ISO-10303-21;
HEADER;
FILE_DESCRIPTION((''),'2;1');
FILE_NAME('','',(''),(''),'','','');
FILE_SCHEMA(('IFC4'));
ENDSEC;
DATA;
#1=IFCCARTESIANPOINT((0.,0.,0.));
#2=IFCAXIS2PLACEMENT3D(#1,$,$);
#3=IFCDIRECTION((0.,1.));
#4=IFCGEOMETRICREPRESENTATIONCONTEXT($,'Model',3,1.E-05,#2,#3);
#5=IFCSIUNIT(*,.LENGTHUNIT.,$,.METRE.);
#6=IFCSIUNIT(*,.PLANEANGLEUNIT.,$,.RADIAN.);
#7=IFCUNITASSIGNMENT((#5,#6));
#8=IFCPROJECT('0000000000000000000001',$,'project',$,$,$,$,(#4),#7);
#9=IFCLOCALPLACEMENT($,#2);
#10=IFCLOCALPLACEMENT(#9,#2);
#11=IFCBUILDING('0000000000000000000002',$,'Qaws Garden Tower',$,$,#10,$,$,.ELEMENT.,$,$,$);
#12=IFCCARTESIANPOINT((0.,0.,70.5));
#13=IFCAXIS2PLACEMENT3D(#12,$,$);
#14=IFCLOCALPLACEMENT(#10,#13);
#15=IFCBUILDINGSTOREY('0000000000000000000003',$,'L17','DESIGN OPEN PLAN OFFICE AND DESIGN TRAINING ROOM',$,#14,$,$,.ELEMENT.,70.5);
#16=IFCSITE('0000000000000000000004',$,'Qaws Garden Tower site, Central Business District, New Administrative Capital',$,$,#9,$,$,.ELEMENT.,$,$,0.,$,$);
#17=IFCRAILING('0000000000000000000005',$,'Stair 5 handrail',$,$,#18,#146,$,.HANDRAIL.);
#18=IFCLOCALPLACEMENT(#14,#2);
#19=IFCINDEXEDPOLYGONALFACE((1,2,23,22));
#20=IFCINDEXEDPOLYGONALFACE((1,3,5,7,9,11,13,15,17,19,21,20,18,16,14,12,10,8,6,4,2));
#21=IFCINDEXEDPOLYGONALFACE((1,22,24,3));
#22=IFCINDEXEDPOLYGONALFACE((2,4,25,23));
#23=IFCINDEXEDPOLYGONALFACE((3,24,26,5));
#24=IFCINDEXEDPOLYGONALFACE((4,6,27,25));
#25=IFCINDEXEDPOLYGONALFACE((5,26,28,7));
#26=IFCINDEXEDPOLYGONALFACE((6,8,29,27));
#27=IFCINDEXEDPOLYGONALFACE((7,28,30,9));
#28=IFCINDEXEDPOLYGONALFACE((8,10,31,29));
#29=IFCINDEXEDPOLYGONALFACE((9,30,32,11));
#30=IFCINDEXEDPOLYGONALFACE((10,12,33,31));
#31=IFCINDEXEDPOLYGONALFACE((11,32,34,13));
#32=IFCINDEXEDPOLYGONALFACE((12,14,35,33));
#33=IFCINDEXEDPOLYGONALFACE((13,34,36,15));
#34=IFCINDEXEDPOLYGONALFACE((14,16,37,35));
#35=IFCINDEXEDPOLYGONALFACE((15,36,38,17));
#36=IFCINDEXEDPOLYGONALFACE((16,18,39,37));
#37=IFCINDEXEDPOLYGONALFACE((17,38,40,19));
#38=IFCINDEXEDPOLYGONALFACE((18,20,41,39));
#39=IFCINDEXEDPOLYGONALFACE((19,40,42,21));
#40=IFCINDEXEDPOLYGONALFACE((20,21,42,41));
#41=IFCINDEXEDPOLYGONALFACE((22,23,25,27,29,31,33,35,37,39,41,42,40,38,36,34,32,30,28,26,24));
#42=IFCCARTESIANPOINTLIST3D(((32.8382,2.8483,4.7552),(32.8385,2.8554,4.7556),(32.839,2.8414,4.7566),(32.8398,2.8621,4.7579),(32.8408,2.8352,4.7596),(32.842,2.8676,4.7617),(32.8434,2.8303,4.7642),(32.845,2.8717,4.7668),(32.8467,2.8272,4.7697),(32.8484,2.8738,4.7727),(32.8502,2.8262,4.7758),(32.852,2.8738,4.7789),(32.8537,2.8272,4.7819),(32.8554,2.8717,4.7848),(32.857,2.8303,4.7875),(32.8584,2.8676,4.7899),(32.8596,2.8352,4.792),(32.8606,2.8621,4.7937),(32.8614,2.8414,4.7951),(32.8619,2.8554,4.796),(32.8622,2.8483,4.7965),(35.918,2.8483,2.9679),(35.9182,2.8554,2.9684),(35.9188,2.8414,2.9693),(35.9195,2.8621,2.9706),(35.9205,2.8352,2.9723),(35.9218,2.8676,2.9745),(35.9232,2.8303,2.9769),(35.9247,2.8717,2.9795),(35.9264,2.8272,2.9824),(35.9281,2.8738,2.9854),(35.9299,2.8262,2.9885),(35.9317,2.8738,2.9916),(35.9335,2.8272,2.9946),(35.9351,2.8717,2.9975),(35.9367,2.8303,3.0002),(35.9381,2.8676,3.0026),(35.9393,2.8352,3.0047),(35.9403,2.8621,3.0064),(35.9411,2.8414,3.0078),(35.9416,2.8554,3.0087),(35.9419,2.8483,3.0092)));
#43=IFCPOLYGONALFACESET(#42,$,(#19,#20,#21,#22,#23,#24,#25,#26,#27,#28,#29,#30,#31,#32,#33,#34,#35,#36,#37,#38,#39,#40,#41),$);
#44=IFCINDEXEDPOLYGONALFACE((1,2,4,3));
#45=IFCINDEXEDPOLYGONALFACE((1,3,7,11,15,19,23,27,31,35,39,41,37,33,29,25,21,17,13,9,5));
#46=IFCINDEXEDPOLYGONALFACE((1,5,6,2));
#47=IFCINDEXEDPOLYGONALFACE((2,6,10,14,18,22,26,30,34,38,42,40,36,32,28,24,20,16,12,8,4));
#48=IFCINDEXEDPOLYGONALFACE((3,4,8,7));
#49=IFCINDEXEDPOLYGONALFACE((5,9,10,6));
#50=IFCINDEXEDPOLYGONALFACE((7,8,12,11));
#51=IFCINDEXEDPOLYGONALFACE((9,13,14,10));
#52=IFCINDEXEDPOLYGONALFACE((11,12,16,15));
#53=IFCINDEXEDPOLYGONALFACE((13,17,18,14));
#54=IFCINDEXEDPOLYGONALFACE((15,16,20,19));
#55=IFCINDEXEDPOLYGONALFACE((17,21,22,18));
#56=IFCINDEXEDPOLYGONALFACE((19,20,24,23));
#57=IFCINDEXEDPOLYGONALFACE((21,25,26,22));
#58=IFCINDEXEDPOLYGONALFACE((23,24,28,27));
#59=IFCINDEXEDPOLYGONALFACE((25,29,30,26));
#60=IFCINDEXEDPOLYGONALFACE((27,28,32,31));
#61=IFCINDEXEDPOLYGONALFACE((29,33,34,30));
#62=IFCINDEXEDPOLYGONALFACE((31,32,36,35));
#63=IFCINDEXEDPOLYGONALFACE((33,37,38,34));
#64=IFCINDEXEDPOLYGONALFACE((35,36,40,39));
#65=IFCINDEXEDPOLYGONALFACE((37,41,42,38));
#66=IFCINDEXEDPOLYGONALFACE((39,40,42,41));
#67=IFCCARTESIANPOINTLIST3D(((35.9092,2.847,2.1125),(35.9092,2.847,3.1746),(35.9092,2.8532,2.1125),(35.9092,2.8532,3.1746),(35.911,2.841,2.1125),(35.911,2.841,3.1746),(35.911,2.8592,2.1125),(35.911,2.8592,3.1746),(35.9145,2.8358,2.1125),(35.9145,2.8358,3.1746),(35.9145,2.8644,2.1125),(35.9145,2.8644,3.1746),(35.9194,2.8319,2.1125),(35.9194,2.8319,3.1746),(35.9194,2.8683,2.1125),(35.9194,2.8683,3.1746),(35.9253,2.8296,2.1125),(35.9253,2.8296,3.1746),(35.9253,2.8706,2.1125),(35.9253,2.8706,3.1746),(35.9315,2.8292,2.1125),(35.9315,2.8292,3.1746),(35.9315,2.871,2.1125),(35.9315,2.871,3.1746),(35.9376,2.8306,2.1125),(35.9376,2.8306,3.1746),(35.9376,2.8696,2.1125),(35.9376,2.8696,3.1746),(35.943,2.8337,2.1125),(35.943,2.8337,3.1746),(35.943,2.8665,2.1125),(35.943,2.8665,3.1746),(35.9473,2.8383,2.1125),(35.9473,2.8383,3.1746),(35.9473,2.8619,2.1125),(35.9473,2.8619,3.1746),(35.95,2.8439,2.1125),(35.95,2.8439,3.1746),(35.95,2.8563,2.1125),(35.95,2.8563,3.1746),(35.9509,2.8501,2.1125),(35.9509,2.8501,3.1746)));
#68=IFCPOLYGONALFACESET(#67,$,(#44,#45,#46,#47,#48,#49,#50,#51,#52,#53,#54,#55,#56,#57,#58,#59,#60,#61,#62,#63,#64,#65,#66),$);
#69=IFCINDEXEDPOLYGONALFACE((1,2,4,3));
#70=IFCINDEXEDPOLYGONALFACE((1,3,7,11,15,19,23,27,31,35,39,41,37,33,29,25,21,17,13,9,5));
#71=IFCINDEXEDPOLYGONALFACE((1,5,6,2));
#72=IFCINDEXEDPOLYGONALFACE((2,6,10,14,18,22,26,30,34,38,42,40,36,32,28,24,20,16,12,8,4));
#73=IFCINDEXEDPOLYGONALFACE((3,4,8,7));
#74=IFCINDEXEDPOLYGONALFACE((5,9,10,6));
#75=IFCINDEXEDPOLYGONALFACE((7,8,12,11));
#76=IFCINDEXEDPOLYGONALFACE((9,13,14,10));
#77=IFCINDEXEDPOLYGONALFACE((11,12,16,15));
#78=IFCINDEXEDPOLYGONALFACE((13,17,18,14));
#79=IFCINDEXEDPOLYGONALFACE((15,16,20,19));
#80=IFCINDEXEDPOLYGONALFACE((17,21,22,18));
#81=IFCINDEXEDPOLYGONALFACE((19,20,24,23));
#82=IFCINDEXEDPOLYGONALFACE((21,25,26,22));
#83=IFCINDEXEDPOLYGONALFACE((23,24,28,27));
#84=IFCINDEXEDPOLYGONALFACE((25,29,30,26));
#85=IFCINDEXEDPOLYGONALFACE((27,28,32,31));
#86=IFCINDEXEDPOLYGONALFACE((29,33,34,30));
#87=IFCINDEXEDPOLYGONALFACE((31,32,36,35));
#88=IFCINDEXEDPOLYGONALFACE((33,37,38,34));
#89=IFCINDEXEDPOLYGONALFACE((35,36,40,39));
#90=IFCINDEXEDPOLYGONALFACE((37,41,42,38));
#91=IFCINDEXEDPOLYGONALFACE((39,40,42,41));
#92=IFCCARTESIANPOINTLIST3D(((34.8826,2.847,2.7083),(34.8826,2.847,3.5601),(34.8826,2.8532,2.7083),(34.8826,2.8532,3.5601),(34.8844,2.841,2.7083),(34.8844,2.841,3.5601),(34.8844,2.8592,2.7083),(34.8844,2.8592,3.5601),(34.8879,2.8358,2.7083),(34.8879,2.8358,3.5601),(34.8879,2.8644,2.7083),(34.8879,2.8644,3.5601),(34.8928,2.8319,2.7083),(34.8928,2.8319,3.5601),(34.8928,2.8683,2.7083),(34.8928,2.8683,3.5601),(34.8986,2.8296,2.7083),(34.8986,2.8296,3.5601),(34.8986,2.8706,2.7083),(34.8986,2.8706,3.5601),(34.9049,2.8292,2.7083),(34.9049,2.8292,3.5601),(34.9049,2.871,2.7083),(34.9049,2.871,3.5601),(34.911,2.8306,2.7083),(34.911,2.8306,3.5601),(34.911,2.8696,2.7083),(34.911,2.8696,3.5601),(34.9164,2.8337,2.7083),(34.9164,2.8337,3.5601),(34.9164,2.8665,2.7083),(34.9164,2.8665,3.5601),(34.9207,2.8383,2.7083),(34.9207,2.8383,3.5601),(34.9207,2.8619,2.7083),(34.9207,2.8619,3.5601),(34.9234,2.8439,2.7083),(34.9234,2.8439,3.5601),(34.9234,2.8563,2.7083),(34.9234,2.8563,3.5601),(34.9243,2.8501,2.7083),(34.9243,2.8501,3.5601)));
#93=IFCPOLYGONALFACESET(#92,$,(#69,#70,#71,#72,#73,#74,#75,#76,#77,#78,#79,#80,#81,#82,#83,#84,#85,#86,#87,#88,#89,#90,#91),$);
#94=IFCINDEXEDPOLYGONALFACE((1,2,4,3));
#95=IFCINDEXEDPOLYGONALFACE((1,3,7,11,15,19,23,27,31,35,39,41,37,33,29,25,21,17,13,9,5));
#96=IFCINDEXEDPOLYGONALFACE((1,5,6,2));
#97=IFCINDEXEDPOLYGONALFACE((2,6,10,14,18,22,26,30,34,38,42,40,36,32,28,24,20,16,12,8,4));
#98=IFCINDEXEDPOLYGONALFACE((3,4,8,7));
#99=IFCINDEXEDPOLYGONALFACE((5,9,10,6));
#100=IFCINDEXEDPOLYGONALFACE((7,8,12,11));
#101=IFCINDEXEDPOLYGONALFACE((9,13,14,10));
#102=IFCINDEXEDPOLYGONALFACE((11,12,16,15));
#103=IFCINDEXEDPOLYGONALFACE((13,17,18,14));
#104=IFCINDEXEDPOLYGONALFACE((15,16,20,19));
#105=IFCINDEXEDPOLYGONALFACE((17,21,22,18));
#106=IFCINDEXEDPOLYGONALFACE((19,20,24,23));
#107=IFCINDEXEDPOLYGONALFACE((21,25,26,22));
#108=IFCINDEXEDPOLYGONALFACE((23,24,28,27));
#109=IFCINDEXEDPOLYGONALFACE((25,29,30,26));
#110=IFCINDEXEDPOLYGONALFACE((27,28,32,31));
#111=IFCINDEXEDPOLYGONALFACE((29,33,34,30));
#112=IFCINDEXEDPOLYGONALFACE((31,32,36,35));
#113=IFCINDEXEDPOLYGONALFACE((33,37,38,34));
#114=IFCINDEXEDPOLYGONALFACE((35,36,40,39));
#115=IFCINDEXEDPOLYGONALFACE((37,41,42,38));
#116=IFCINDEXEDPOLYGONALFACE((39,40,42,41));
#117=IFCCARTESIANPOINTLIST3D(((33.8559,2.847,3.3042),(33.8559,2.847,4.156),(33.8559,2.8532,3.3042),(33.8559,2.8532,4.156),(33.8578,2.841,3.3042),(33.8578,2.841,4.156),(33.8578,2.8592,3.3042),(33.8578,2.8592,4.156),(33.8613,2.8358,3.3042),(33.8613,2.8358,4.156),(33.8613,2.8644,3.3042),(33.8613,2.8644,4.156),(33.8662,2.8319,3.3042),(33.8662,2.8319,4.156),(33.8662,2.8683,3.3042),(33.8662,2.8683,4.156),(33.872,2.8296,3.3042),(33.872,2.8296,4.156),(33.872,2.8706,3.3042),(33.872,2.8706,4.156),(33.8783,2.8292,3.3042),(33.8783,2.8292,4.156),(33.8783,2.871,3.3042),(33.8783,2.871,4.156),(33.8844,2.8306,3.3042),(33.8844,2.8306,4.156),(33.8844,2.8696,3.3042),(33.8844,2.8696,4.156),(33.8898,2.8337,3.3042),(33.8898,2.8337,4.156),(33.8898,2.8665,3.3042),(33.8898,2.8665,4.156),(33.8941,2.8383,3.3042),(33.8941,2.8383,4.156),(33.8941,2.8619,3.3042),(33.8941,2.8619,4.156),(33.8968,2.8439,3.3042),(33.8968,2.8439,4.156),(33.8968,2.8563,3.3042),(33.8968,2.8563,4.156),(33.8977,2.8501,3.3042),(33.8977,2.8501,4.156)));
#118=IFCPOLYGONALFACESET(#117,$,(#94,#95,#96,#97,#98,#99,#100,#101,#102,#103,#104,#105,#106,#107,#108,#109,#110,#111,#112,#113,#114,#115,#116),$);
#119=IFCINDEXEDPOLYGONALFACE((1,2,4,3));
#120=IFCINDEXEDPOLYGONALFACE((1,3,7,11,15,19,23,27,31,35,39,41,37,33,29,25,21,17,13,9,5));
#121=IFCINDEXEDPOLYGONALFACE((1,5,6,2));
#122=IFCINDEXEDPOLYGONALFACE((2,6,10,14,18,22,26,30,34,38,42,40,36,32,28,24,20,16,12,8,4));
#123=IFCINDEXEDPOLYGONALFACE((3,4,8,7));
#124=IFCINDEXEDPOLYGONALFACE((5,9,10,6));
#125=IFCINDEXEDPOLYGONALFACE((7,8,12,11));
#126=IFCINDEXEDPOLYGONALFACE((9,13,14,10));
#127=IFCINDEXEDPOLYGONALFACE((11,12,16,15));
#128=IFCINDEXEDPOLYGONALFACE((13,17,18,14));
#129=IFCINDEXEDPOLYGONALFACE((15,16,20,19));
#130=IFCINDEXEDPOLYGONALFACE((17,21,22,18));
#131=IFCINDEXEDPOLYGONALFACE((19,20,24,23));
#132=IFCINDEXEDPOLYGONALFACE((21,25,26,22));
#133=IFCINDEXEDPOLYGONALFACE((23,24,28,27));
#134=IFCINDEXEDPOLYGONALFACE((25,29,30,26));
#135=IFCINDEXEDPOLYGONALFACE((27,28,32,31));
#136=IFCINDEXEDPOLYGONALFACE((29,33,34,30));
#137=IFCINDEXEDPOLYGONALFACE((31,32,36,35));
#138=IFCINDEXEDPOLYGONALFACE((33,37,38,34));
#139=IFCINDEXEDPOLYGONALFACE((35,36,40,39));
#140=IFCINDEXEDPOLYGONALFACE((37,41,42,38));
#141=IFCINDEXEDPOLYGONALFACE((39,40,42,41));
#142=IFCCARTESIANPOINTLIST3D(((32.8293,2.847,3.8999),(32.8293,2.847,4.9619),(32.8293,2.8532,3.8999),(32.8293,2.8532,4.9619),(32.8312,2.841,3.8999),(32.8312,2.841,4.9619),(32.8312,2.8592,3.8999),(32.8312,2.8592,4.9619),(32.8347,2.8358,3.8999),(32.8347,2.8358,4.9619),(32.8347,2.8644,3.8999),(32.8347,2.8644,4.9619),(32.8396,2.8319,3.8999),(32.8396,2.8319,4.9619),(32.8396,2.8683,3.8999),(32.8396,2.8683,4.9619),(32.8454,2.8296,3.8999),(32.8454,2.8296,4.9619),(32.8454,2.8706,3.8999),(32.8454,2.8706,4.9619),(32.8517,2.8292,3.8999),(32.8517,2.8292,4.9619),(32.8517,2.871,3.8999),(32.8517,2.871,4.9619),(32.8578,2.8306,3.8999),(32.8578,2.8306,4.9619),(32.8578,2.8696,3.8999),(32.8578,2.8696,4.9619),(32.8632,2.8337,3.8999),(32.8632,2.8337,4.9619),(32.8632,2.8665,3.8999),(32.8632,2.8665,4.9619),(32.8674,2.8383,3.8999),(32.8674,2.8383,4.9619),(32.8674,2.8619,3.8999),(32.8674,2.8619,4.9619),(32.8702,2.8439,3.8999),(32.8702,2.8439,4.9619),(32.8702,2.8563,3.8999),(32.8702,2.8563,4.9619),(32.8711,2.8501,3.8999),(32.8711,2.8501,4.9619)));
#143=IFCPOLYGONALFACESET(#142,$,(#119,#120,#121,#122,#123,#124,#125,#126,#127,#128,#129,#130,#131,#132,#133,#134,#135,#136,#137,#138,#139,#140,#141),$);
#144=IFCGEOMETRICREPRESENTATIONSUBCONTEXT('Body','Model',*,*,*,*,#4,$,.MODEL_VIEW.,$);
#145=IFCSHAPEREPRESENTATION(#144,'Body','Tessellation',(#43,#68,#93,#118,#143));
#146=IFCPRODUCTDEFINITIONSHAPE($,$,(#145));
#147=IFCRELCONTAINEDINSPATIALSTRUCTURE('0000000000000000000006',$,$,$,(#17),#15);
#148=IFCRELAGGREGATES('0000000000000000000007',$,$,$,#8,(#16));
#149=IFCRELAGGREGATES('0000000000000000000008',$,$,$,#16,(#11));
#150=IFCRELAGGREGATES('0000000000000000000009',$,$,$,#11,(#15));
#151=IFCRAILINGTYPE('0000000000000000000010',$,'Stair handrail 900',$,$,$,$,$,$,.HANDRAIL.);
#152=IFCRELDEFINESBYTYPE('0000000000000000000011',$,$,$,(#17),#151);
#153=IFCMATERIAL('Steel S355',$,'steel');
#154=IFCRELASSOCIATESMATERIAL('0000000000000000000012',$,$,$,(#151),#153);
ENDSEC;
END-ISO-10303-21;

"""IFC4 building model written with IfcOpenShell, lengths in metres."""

from ifc_helpers import new_model, si_unit, direction, frame, origin, origin_2d, place, context, subcontext, project, spatial, circle, extrude, material, type_object, element, save


model = new_model("IFC4")

# Units and contexts
model_context = context("Model", 3, precision=1e-05, world=origin(), true_north=direction((0.0, 1.0)))
body_context = subcontext(model_context, "Body", "Model", "MODEL_VIEW")
ifc_project = project(units=[si_unit("LENGTHUNIT", "METRE"), si_unit("PLANEANGLEUNIT", "RADIAN")], contexts=[model_context])

# Site, building, storey
site_placement = place(None, origin())
site = spatial("IfcSite", under=ifc_project, at=site_placement, Name="Qaws Garden Tower site, Central Business District, New Administrative Capital", CompositionType="ELEMENT", RefElevation=0.0)
building_placement = place(site_placement, origin())
building = spatial("IfcBuilding", under=site, at=building_placement, Name="Qaws Garden Tower", CompositionType="ELEMENT")
storey_placement = place(building_placement, frame((0.0, 0.0, 70.5)))
storey = spatial("IfcBuildingStorey", under=building, at=storey_placement, Name="L17", Description="DESIGN OPEN PLAN OFFICE AND DESIGN TRAINING ROOM", CompositionType="ELEMENT", Elevation=70.5)

# Railing
ifc_material_1 = material(Name="Steel S355", Category="steel")
railing_type = type_object("IfcRailingType", Name="Stair handrail 900", PredefinedType="HANDRAIL", material=ifc_material_1)
railing_1_placement = place(storey_placement, frame((35.9299, 2.8501, 2.1125)))
element("IfcRailing", 1, at=railing_1_placement, inside=storey, type_object=railing_type, Name="Stair 5 handrail", PredefinedType="HANDRAIL", context=body_context, shape_type="SweptSolid", body=[
    extrude(circle(Radius=0.0239, at=origin_2d()), frame((0.0, 0.0, 0.876), z_axis=(-0.864903, 0.0, 0.501939), x_axis=(0.0, -1.0, 0.0)), (0.0, 0.0, 1.0), 3.5608),
    extrude(circle(Radius=0.021, at=origin_2d()), origin(), (0.0, 0.0, 1.0), 1.062),
    extrude(circle(Radius=0.021, at=origin_2d()), frame((-1.0266, 0.0, 0.5957)), (0.0, 0.0, 1.0), 0.8518),
    extrude(circle(Radius=0.021, at=origin_2d()), frame((-2.0532, 0.0, 1.1917)), (0.0, 0.0, 1.0), 0.8518),
    extrude(circle(Radius=0.021, at=origin_2d()), frame((-3.0798, 0.0, 1.7874)), (0.0, 0.0, 1.0), 1.062),
])

save(model, "model.ifc")
